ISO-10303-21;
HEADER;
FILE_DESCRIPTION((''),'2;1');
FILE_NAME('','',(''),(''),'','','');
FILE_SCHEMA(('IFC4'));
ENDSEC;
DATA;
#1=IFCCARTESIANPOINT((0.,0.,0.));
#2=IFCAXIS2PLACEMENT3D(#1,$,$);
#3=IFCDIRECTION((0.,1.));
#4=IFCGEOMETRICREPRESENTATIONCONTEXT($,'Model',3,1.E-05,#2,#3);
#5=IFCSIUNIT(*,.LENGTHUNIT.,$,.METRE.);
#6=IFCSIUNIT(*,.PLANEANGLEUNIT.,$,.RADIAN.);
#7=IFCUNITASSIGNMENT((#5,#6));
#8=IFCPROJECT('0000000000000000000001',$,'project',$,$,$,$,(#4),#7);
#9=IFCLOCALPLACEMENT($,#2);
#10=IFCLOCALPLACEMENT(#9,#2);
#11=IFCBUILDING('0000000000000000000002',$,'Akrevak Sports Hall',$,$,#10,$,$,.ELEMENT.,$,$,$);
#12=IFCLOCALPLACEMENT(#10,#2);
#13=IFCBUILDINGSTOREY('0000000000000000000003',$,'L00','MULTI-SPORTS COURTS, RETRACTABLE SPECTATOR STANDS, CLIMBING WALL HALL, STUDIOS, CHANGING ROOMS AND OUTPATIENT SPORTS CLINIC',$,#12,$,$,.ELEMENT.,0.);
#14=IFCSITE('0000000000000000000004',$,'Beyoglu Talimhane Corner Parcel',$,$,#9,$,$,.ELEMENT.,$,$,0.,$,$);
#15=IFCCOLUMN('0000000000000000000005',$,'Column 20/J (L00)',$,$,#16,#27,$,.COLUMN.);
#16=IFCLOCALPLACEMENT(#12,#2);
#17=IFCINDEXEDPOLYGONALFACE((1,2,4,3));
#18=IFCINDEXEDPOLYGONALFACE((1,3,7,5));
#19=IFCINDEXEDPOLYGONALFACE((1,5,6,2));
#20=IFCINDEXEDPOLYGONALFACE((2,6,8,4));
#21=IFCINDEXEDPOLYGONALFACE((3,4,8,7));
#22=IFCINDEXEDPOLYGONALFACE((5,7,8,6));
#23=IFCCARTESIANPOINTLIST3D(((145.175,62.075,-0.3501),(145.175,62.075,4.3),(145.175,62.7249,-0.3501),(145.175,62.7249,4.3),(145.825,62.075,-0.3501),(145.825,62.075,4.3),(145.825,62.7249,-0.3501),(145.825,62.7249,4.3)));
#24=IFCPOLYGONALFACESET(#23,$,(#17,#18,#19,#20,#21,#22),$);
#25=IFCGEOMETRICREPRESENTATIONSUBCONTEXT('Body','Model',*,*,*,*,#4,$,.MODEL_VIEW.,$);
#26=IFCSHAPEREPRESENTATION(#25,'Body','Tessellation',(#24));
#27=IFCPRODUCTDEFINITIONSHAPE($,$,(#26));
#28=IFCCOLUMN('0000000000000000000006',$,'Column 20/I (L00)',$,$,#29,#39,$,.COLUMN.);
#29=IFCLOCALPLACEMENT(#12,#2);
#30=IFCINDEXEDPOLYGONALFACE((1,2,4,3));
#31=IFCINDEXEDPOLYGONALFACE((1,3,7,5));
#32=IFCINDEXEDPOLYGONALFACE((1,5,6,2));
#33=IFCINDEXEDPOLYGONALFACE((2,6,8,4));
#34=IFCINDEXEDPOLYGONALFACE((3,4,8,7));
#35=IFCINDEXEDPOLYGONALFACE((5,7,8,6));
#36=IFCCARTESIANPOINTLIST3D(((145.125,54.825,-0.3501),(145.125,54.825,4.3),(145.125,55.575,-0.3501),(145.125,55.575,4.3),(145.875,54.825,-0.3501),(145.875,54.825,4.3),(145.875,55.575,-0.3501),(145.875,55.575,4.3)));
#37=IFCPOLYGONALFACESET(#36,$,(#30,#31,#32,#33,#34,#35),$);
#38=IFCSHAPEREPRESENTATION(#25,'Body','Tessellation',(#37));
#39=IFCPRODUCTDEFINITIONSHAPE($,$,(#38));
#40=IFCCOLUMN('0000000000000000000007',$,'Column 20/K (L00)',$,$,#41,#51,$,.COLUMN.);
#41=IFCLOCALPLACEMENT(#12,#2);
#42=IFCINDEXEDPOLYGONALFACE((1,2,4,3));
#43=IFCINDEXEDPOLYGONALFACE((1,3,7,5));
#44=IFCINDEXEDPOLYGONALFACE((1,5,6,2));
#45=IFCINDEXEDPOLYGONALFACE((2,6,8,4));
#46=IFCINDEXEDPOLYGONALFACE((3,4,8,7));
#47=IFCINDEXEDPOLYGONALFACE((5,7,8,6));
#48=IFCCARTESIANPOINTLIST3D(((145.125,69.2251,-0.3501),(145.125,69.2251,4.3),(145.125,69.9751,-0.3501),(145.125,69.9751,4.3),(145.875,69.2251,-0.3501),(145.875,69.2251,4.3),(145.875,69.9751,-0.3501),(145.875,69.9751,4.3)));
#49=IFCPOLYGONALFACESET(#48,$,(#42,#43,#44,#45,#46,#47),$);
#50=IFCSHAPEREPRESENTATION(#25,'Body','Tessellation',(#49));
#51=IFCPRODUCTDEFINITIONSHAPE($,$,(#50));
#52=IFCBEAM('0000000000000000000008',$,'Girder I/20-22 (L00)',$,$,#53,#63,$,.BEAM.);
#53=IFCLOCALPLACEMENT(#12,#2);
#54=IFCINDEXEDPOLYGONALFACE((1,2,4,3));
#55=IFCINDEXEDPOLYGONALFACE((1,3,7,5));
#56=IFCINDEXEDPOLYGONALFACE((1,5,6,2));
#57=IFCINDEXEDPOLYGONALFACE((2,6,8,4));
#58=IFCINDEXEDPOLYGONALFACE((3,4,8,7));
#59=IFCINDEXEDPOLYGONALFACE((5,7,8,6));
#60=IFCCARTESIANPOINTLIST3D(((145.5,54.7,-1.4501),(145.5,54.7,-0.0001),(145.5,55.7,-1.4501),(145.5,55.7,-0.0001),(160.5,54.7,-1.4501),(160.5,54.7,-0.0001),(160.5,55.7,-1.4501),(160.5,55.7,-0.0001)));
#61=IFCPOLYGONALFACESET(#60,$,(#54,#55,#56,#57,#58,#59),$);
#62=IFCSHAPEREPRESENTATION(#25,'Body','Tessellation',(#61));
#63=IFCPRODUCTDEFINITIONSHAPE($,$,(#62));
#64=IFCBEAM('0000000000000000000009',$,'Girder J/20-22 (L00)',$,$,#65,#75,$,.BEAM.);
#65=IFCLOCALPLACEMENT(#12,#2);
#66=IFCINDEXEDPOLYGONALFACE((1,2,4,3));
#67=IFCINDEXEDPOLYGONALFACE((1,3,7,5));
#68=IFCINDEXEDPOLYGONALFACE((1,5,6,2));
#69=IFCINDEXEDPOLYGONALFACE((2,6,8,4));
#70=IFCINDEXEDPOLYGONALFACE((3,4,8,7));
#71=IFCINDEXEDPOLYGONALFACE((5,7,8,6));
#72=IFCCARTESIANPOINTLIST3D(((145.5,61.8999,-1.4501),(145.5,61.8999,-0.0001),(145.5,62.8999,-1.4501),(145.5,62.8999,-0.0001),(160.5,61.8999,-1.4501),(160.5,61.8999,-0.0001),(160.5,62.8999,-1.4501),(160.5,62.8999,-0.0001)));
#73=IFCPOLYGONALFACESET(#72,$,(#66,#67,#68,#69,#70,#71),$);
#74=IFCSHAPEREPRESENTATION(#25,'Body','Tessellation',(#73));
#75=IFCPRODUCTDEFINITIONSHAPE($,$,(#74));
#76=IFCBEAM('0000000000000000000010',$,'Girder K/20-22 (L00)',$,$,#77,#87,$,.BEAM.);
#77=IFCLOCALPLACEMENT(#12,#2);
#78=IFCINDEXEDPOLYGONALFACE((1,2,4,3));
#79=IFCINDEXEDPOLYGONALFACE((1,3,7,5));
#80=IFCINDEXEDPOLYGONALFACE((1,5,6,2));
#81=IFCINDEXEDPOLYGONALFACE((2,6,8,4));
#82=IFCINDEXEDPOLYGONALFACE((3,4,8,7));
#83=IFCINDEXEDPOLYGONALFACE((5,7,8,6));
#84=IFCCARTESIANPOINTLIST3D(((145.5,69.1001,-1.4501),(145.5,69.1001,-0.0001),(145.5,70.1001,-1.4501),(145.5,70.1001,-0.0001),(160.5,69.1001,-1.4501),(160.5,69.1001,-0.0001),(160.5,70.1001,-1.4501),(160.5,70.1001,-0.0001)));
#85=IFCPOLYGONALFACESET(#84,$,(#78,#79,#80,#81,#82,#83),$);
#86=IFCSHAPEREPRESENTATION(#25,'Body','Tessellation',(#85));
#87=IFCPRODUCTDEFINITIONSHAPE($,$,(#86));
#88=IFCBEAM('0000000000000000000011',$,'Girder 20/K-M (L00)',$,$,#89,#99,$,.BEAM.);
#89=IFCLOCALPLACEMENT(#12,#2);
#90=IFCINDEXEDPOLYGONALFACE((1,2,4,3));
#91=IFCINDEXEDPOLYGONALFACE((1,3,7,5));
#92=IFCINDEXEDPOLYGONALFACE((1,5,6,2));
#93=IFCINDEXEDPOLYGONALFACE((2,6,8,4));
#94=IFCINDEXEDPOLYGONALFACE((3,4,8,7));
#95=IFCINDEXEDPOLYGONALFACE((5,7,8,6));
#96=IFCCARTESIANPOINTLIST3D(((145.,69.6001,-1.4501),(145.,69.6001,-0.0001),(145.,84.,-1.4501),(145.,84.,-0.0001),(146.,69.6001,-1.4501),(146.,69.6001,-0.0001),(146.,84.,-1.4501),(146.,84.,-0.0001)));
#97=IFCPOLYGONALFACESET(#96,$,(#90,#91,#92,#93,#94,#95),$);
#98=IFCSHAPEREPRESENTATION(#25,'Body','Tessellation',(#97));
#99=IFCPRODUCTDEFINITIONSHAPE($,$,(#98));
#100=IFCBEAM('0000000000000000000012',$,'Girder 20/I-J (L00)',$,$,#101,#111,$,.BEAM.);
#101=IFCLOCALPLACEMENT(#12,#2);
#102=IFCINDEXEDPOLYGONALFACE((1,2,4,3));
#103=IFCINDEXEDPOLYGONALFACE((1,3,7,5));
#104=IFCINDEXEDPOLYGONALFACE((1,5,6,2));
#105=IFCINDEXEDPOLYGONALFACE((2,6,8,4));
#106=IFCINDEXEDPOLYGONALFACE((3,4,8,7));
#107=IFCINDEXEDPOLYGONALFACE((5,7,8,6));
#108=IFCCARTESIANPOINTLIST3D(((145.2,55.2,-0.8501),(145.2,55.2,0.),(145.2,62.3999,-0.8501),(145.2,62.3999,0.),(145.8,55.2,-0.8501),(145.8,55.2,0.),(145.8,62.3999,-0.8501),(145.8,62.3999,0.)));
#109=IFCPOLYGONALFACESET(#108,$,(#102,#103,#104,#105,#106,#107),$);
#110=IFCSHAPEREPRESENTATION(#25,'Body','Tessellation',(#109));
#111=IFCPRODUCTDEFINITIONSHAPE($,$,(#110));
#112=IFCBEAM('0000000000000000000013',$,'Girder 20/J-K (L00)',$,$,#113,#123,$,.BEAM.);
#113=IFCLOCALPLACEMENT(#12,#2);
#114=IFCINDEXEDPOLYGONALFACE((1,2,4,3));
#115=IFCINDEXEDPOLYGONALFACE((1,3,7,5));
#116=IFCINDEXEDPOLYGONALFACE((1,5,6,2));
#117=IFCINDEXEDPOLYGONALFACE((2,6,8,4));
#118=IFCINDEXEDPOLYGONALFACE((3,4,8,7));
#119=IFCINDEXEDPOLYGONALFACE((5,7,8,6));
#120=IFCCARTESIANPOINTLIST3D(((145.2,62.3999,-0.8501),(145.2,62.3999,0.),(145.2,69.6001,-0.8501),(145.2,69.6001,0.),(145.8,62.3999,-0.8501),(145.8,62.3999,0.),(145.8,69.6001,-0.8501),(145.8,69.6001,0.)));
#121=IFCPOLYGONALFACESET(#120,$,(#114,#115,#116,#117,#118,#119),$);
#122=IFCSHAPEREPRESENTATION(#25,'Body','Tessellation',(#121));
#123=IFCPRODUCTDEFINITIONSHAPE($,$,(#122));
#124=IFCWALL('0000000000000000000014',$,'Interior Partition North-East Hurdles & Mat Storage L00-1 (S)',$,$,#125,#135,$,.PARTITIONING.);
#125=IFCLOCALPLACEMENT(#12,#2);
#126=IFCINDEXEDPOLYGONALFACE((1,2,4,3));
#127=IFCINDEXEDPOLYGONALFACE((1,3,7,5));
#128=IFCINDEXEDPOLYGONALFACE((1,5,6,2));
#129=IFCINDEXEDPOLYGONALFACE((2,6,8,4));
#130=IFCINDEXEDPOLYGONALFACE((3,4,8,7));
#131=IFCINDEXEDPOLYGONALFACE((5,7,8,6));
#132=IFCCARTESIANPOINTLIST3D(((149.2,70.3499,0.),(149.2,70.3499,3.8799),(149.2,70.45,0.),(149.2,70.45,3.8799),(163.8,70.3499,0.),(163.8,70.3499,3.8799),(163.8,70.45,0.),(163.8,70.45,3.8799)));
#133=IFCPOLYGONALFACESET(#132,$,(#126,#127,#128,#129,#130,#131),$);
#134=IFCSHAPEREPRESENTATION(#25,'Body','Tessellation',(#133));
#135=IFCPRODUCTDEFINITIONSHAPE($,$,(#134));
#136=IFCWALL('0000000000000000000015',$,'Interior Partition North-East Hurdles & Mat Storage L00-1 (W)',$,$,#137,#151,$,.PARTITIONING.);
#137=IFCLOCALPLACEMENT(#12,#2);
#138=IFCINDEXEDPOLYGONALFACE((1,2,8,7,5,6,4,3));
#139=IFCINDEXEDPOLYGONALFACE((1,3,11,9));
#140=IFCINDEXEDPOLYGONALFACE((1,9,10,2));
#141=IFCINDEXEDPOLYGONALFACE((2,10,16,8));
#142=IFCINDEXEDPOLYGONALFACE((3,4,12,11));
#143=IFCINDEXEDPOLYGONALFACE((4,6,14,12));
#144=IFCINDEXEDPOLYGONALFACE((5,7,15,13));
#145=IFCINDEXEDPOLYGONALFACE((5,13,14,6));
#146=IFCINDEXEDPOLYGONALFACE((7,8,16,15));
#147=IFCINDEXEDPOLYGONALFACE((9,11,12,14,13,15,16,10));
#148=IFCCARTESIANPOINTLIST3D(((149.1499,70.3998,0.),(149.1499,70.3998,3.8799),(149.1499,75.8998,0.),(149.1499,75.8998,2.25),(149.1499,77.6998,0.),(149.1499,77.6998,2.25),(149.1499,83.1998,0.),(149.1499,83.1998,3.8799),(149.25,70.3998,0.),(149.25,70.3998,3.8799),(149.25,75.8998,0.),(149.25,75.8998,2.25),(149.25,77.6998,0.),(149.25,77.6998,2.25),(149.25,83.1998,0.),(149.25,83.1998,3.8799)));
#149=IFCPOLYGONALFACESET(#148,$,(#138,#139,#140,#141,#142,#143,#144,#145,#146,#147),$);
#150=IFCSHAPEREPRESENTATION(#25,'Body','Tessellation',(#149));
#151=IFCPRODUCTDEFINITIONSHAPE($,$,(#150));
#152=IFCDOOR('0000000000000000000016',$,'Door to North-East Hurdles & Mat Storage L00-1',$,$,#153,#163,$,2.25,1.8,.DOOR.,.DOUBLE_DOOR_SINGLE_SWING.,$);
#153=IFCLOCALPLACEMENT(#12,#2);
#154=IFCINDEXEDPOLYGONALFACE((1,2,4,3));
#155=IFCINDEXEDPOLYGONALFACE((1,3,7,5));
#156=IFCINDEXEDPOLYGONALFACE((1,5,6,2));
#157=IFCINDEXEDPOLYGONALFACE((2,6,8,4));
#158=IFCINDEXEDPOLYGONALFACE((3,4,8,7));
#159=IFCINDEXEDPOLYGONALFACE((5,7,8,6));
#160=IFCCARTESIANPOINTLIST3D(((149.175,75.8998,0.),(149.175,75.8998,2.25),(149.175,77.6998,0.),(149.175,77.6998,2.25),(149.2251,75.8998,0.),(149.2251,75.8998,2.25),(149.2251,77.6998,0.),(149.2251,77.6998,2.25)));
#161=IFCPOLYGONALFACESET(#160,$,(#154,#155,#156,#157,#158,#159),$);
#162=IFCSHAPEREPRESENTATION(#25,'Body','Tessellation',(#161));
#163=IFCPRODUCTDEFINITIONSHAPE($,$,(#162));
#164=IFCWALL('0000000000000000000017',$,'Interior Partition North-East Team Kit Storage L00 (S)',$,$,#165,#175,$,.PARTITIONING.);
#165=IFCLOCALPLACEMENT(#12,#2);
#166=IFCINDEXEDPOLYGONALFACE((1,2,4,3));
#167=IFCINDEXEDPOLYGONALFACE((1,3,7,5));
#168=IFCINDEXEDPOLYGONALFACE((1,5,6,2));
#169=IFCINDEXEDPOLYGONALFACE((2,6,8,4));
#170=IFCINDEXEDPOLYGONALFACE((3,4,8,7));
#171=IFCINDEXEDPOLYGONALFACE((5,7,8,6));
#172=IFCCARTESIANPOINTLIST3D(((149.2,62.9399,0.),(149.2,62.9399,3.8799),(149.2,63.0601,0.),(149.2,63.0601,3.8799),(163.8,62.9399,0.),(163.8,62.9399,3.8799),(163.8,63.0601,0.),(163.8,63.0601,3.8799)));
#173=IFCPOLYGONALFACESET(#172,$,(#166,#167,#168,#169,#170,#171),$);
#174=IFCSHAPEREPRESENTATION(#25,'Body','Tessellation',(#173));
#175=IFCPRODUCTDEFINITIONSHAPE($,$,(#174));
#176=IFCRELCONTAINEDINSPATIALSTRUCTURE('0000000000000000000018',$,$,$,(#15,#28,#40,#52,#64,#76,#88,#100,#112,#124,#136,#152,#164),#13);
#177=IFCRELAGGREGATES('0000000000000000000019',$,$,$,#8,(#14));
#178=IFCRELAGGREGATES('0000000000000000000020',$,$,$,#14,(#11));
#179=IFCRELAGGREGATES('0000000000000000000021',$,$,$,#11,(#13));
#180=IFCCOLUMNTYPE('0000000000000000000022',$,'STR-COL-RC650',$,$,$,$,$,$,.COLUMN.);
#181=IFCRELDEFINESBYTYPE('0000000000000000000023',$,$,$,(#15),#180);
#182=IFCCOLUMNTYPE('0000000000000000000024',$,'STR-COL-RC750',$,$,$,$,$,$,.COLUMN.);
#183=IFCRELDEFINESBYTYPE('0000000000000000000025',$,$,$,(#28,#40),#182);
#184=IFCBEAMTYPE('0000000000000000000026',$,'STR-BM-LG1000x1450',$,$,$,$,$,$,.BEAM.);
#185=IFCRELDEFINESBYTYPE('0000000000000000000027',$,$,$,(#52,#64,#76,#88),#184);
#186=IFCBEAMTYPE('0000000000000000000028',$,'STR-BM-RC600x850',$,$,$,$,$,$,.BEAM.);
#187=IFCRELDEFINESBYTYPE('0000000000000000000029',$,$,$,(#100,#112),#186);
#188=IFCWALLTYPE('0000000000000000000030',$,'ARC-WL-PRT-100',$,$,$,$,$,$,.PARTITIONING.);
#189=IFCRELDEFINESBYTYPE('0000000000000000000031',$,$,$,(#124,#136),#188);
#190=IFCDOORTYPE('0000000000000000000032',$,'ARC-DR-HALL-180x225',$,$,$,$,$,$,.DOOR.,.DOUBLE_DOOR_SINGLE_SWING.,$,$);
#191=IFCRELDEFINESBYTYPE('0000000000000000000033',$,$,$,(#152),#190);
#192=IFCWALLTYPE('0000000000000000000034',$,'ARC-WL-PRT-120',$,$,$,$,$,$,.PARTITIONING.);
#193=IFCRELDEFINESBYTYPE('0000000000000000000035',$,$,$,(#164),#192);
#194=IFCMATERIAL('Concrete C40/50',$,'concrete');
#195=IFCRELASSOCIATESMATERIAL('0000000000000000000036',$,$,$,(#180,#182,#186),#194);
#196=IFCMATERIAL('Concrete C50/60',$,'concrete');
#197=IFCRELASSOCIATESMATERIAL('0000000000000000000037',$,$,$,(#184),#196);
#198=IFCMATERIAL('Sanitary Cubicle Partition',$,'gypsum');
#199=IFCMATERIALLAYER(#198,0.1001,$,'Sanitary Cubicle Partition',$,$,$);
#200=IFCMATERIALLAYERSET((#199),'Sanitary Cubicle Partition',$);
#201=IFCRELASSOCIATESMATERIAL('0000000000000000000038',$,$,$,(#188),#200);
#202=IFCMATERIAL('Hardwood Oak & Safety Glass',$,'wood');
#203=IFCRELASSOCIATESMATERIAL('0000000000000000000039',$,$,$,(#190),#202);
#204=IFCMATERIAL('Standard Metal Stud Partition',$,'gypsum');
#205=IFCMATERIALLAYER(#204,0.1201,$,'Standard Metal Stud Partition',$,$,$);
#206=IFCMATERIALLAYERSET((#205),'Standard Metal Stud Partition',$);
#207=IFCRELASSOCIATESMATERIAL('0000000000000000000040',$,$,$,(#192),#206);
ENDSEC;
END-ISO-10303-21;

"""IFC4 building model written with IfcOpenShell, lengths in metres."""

from ifc_helpers import new_model, si_unit, direction, frame, frame_2d, origin, origin_2d, place, context, subcontext, project, spatial, rectangle, extrude, material, layer, layer_set, material_profile, profile_set, type_object, element, fill, save


model = new_model("IFC4")

# Units and contexts
model_context = context("Model", 3, precision=1e-05, world=origin(), true_north=direction((0.0, 1.0)))
body_context = subcontext(model_context, "Body", "Model", "MODEL_VIEW")
ifc_project = project(units=[si_unit("LENGTHUNIT", "METRE"), si_unit("PLANEANGLEUNIT", "RADIAN")], contexts=[model_context])

# Site, building, storey
site_placement = place(None, origin())
site = spatial("IfcSite", under=ifc_project, at=site_placement, Name="Beyoglu Talimhane Corner Parcel", CompositionType="ELEMENT", RefElevation=0.0)
building_placement = place(site_placement, origin())
building = spatial("IfcBuilding", under=site, at=building_placement, Name="Akrevak Sports Hall", CompositionType="ELEMENT")
storey_placement = place(building_placement, origin())
storey = spatial("IfcBuildingStorey", under=building, at=storey_placement, Name="L00", Description="MULTI-SPORTS COURTS, RETRACTABLE SPECTATOR STANDS, CLIMBING WALL HALL, STUDIOS, CHANGING ROOMS AND OUTPATIENT SPORTS CLINIC", CompositionType="ELEMENT", Elevation=0.0)

# Columns
ifc_material_1 = material(Name="Concrete C40/50", Category="concrete")
ifc_material_profile_1 = material_profile(ifc_material_1, rectangle(XDim=0.6499, YDim=0.6499, at=origin_2d()), Name="RC 650x650", Category="concrete")
ifc_profile_set_1 = profile_set([ifc_material_profile_1], Name="Concrete C40/50")
column_type_1 = type_object("IfcColumnType", Name="STR-COL-RC650", PredefinedType="COLUMN", material=ifc_profile_set_1)
column_placement = place(storey_placement, frame((145.5, 62.3999, -0.3501), z_axis=(0.0, 0.0, 1.0), x_axis=(1.0, 0.0, 0.0)))
element("IfcColumn", 1, at=column_placement, inside=storey, type_object=column_type_1, Name="Column 20/J (L00)", PredefinedType="COLUMN", context=body_context, shape_type="SweptSolid", body=[
    extrude(rectangle(XDim=0.6499, YDim=0.6499, at=origin_2d()), origin(), (0.0, 0.0, 1.0), 4.6501),
])
ifc_material_profile_2 = material_profile(ifc_material_1, rectangle(XDim=0.75, YDim=0.75, at=origin_2d()), Name="RC 750x750", Category="concrete")
ifc_profile_set_2 = profile_set([ifc_material_profile_2], Name="Concrete C40/50")
column_type_2 = type_object("IfcColumnType", Name="STR-COL-RC750", PredefinedType="COLUMN", material=ifc_profile_set_2)
for number, where, z_axis, x_axis, name in (
    (2, (145.5, 55.2, -0.3501), (0.0, 0.0, 1.0), (1.0, 0.0, 0.0), "Column 20/I (L00)"),
    (3, (145.5, 69.6001, -0.3501), (0.0, 0.0, 1.0), (1.0, 0.0, 0.0), "Column 20/K (L00)"),
):
    element("IfcColumn", number, at=place(storey_placement, frame(where, z_axis=z_axis, x_axis=x_axis)), inside=storey, type_object=column_type_2, Name=name, PredefinedType="COLUMN", context=body_context, shape_type="SweptSolid", body=[
        extrude(rectangle(XDim=0.75, YDim=0.75, at=origin_2d()), origin(), (0.0, 0.0, 1.0), 4.6501),
    ])

# Beams
ifc_material_2 = material(Name="Concrete C50/60", Category="concrete")
ifc_material_profile_3 = material_profile(ifc_material_2, rectangle(XDim=1.0, YDim=1.45, at=origin_2d()), Name="BM 1000x1450", Category="concrete")
ifc_profile_set_3 = profile_set([ifc_material_profile_3], Name="Concrete C50/60")
beam_type_1 = type_object("IfcBeamType", Name="STR-BM-LG1000x1450", PredefinedType="BEAM", material=ifc_profile_set_3)
for number, where, z_axis, x_axis, name in (
    (4, (145.5, 55.2, -0.7251), (1.0, 0.0, 0.0), (0.0, 1.0, 0.0), "Girder I/20-22 (L00)"),
    (5, (145.5, 62.3999, -0.7251), (1.0, 0.0, 0.0), (0.0, 1.0, 0.0), "Girder J/20-22 (L00)"),
    (6, (145.5, 69.6001, -0.7251), (1.0, 0.0, 0.0), (0.0, 1.0, 0.0), "Girder K/20-22 (L00)"),
):
    element("IfcBeam", number, at=place(storey_placement, frame(where, z_axis=z_axis, x_axis=x_axis)), inside=storey, type_object=beam_type_1, Name=name, PredefinedType="BEAM", context=body_context, shape_type="SweptSolid", body=[
        extrude(rectangle(XDim=1.0, YDim=1.45, at=origin_2d()), origin(), (0.0, 0.0, 1.0), 15.0),
    ])
beam_1_placement = place(storey_placement, frame((145.5, 69.6001, -0.7251), z_axis=(0.0, 1.0, 0.0), x_axis=(-1.0, 0.0, 0.0)))
element("IfcBeam", 7, at=beam_1_placement, inside=storey, type_object=beam_type_1, Name="Girder 20/K-M (L00)", PredefinedType="BEAM", context=body_context, shape_type="SweptSolid", body=[
    extrude(rectangle(XDim=1.0, YDim=1.45, at=origin_2d()), origin(), (0.0, 0.0, 1.0), 14.3999),
])
ifc_material_profile_4 = material_profile(ifc_material_1, rectangle(XDim=0.6001, YDim=0.8501, at=origin_2d()), Name="BM 600x850", Category="concrete")
ifc_profile_set_4 = profile_set([ifc_material_profile_4], Name="Concrete C40/50")
beam_type_2 = type_object("IfcBeamType", Name="STR-BM-RC600x850", PredefinedType="BEAM", material=ifc_profile_set_4)
beam_2_placement = place(storey_placement, frame((145.5, 55.2, -0.425), z_axis=(0.0, 1.0, 0.0), x_axis=(-1.0, 0.0, 0.0)))
element("IfcBeam", 8, at=beam_2_placement, inside=storey, type_object=beam_type_2, Name="Girder 20/I-J (L00)", PredefinedType="BEAM", context=body_context, shape_type="SweptSolid", body=[
    extrude(rectangle(XDim=0.6001, YDim=0.8501, at=origin_2d()), origin(), (0.0, 0.0, 1.0), 7.2),
])
beam_3_placement = place(storey_placement, frame((145.5, 62.3999, -0.425), z_axis=(0.0, 1.0, 0.0), x_axis=(-1.0, 0.0, 0.0)))
element("IfcBeam", 9, at=beam_3_placement, inside=storey, type_object=beam_type_2, Name="Girder 20/J-K (L00)", PredefinedType="BEAM", context=body_context, shape_type="SweptSolid", body=[
    extrude(rectangle(XDim=0.6001, YDim=0.8501, at=origin_2d()), origin(), (0.0, 0.0, 1.0), 7.2002),
])

# Wall
ifc_material_3 = material(Name="Sanitary Cubicle Partition", Category="gypsum")
ifc_layer_1 = layer(ifc_material_3, 0.1001, Name="Sanitary Cubicle Partition")
ifc_layer_set_1 = layer_set([ifc_layer_1], Name="Sanitary Cubicle Partition")
wall_type_1 = type_object("IfcWallType", Name="ARC-WL-PRT-100", PredefinedType="PARTITIONING", material=ifc_layer_set_1)
wall_1_placement = place(storey_placement, frame((149.2, 70.3999, 0.0), z_axis=(0.0, 0.0, 1.0), x_axis=(1.0, 0.0, 0.0)))
element("IfcWall", 10, at=wall_1_placement, inside=storey, type_object=wall_type_1, Name="Interior Partition North-East Hurdles & Mat Storage L00-1 (S)", PredefinedType="PARTITIONING", context=body_context, shape_type="SweptSolid", body=[
    extrude(rectangle(XDim=14.6001, YDim=0.1001, at=frame_2d((7.3, 0.0))), origin(), (0.0, 0.0, 1.0), 3.8799),
])

# Wall, opening, door
wall_2_placement = place(storey_placement, frame((149.2, 70.3999, 0.0), z_axis=(0.0, 0.0, 1.0), x_axis=(0.0, 1.0, 0.0)))
wall_2 = element("IfcWall", 11, at=wall_2_placement, inside=storey, type_object=wall_type_1, Name="Interior Partition North-East Hurdles & Mat Storage L00-1 (W)", PredefinedType="PARTITIONING", context=body_context, shape_type="SweptSolid", body=[
    extrude(rectangle(XDim=12.8, YDim=0.1001, at=frame_2d((6.3999, 0.0))), origin(), (0.0, 0.0, 1.0), 3.8799),
])
opening_1_placement = place(wall_2_placement, frame((5.5, 0.0, 0.0)))
opening_1 = element("IfcOpeningElement", 12, at=opening_1_placement, cuts=wall_2, PredefinedType="OPENING", context=body_context, shape_type="SweptSolid", body=[
    extrude(rectangle(XDim=1.8, YDim=2.25, at=frame_2d((0.8999, 1.125))), frame((0.0, 0.062, 0.0), z_axis=(0.0, -1.0, 0.0), x_axis=(1.0, 0.0, 0.0)), (0.0, 0.0, 1.0), 0.124),
])
ifc_material_4 = material(Name="Hardwood Oak & Safety Glass", Category="wood")
door_type_1 = type_object("IfcDoorType", Name="ARC-DR-HALL-180x225", OperationType="DOUBLE_DOOR_SINGLE_SWING", PredefinedType="DOOR", material=ifc_material_4)
door_1_placement = place(opening_1_placement, origin())
door_1 = element("IfcDoor", 13, at=door_1_placement, inside=storey, type_object=door_type_1, Name="Door to North-East Hurdles & Mat Storage L00-1", OperationType="DOUBLE_DOOR_SINGLE_SWING", OverallHeight=2.25, OverallWidth=1.8, PredefinedType="DOOR", context=body_context, shape_type="SweptSolid", body=[
    extrude(rectangle(XDim=1.8, YDim=2.25, at=frame_2d((0.8999, 1.125))), frame((0.0, 0.0249, 0.0), z_axis=(0.0, -1.0, 0.0), x_axis=(1.0, 0.0, 0.0)), (0.0, 0.0, 1.0), 0.05),
])
fill(opening_1, door_1)

# Wall
ifc_material_5 = material(Name="Standard Metal Stud Partition", Category="gypsum")
ifc_layer_2 = layer(ifc_material_5, 0.1201, Name="Standard Metal Stud Partition")
ifc_layer_set_2 = layer_set([ifc_layer_2], Name="Standard Metal Stud Partition")
wall_type_2 = type_object("IfcWallType", Name="ARC-WL-PRT-120", PredefinedType="PARTITIONING", material=ifc_layer_set_2)
wall_3_placement = place(storey_placement, frame((149.2, 63.0, 0.0), z_axis=(0.0, 0.0, 1.0), x_axis=(1.0, 0.0, 0.0)))
element("IfcWall", 14, at=wall_3_placement, inside=storey, type_object=wall_type_2, Name="Interior Partition North-East Team Kit Storage L00 (S)", PredefinedType="PARTITIONING", context=body_context, shape_type="SweptSolid", body=[
    extrude(rectangle(XDim=14.6001, YDim=0.1201, at=frame_2d((7.3, 0.0))), origin(), (0.0, 0.0, 1.0), 3.8799),
])

save(model, "model.ifc")
